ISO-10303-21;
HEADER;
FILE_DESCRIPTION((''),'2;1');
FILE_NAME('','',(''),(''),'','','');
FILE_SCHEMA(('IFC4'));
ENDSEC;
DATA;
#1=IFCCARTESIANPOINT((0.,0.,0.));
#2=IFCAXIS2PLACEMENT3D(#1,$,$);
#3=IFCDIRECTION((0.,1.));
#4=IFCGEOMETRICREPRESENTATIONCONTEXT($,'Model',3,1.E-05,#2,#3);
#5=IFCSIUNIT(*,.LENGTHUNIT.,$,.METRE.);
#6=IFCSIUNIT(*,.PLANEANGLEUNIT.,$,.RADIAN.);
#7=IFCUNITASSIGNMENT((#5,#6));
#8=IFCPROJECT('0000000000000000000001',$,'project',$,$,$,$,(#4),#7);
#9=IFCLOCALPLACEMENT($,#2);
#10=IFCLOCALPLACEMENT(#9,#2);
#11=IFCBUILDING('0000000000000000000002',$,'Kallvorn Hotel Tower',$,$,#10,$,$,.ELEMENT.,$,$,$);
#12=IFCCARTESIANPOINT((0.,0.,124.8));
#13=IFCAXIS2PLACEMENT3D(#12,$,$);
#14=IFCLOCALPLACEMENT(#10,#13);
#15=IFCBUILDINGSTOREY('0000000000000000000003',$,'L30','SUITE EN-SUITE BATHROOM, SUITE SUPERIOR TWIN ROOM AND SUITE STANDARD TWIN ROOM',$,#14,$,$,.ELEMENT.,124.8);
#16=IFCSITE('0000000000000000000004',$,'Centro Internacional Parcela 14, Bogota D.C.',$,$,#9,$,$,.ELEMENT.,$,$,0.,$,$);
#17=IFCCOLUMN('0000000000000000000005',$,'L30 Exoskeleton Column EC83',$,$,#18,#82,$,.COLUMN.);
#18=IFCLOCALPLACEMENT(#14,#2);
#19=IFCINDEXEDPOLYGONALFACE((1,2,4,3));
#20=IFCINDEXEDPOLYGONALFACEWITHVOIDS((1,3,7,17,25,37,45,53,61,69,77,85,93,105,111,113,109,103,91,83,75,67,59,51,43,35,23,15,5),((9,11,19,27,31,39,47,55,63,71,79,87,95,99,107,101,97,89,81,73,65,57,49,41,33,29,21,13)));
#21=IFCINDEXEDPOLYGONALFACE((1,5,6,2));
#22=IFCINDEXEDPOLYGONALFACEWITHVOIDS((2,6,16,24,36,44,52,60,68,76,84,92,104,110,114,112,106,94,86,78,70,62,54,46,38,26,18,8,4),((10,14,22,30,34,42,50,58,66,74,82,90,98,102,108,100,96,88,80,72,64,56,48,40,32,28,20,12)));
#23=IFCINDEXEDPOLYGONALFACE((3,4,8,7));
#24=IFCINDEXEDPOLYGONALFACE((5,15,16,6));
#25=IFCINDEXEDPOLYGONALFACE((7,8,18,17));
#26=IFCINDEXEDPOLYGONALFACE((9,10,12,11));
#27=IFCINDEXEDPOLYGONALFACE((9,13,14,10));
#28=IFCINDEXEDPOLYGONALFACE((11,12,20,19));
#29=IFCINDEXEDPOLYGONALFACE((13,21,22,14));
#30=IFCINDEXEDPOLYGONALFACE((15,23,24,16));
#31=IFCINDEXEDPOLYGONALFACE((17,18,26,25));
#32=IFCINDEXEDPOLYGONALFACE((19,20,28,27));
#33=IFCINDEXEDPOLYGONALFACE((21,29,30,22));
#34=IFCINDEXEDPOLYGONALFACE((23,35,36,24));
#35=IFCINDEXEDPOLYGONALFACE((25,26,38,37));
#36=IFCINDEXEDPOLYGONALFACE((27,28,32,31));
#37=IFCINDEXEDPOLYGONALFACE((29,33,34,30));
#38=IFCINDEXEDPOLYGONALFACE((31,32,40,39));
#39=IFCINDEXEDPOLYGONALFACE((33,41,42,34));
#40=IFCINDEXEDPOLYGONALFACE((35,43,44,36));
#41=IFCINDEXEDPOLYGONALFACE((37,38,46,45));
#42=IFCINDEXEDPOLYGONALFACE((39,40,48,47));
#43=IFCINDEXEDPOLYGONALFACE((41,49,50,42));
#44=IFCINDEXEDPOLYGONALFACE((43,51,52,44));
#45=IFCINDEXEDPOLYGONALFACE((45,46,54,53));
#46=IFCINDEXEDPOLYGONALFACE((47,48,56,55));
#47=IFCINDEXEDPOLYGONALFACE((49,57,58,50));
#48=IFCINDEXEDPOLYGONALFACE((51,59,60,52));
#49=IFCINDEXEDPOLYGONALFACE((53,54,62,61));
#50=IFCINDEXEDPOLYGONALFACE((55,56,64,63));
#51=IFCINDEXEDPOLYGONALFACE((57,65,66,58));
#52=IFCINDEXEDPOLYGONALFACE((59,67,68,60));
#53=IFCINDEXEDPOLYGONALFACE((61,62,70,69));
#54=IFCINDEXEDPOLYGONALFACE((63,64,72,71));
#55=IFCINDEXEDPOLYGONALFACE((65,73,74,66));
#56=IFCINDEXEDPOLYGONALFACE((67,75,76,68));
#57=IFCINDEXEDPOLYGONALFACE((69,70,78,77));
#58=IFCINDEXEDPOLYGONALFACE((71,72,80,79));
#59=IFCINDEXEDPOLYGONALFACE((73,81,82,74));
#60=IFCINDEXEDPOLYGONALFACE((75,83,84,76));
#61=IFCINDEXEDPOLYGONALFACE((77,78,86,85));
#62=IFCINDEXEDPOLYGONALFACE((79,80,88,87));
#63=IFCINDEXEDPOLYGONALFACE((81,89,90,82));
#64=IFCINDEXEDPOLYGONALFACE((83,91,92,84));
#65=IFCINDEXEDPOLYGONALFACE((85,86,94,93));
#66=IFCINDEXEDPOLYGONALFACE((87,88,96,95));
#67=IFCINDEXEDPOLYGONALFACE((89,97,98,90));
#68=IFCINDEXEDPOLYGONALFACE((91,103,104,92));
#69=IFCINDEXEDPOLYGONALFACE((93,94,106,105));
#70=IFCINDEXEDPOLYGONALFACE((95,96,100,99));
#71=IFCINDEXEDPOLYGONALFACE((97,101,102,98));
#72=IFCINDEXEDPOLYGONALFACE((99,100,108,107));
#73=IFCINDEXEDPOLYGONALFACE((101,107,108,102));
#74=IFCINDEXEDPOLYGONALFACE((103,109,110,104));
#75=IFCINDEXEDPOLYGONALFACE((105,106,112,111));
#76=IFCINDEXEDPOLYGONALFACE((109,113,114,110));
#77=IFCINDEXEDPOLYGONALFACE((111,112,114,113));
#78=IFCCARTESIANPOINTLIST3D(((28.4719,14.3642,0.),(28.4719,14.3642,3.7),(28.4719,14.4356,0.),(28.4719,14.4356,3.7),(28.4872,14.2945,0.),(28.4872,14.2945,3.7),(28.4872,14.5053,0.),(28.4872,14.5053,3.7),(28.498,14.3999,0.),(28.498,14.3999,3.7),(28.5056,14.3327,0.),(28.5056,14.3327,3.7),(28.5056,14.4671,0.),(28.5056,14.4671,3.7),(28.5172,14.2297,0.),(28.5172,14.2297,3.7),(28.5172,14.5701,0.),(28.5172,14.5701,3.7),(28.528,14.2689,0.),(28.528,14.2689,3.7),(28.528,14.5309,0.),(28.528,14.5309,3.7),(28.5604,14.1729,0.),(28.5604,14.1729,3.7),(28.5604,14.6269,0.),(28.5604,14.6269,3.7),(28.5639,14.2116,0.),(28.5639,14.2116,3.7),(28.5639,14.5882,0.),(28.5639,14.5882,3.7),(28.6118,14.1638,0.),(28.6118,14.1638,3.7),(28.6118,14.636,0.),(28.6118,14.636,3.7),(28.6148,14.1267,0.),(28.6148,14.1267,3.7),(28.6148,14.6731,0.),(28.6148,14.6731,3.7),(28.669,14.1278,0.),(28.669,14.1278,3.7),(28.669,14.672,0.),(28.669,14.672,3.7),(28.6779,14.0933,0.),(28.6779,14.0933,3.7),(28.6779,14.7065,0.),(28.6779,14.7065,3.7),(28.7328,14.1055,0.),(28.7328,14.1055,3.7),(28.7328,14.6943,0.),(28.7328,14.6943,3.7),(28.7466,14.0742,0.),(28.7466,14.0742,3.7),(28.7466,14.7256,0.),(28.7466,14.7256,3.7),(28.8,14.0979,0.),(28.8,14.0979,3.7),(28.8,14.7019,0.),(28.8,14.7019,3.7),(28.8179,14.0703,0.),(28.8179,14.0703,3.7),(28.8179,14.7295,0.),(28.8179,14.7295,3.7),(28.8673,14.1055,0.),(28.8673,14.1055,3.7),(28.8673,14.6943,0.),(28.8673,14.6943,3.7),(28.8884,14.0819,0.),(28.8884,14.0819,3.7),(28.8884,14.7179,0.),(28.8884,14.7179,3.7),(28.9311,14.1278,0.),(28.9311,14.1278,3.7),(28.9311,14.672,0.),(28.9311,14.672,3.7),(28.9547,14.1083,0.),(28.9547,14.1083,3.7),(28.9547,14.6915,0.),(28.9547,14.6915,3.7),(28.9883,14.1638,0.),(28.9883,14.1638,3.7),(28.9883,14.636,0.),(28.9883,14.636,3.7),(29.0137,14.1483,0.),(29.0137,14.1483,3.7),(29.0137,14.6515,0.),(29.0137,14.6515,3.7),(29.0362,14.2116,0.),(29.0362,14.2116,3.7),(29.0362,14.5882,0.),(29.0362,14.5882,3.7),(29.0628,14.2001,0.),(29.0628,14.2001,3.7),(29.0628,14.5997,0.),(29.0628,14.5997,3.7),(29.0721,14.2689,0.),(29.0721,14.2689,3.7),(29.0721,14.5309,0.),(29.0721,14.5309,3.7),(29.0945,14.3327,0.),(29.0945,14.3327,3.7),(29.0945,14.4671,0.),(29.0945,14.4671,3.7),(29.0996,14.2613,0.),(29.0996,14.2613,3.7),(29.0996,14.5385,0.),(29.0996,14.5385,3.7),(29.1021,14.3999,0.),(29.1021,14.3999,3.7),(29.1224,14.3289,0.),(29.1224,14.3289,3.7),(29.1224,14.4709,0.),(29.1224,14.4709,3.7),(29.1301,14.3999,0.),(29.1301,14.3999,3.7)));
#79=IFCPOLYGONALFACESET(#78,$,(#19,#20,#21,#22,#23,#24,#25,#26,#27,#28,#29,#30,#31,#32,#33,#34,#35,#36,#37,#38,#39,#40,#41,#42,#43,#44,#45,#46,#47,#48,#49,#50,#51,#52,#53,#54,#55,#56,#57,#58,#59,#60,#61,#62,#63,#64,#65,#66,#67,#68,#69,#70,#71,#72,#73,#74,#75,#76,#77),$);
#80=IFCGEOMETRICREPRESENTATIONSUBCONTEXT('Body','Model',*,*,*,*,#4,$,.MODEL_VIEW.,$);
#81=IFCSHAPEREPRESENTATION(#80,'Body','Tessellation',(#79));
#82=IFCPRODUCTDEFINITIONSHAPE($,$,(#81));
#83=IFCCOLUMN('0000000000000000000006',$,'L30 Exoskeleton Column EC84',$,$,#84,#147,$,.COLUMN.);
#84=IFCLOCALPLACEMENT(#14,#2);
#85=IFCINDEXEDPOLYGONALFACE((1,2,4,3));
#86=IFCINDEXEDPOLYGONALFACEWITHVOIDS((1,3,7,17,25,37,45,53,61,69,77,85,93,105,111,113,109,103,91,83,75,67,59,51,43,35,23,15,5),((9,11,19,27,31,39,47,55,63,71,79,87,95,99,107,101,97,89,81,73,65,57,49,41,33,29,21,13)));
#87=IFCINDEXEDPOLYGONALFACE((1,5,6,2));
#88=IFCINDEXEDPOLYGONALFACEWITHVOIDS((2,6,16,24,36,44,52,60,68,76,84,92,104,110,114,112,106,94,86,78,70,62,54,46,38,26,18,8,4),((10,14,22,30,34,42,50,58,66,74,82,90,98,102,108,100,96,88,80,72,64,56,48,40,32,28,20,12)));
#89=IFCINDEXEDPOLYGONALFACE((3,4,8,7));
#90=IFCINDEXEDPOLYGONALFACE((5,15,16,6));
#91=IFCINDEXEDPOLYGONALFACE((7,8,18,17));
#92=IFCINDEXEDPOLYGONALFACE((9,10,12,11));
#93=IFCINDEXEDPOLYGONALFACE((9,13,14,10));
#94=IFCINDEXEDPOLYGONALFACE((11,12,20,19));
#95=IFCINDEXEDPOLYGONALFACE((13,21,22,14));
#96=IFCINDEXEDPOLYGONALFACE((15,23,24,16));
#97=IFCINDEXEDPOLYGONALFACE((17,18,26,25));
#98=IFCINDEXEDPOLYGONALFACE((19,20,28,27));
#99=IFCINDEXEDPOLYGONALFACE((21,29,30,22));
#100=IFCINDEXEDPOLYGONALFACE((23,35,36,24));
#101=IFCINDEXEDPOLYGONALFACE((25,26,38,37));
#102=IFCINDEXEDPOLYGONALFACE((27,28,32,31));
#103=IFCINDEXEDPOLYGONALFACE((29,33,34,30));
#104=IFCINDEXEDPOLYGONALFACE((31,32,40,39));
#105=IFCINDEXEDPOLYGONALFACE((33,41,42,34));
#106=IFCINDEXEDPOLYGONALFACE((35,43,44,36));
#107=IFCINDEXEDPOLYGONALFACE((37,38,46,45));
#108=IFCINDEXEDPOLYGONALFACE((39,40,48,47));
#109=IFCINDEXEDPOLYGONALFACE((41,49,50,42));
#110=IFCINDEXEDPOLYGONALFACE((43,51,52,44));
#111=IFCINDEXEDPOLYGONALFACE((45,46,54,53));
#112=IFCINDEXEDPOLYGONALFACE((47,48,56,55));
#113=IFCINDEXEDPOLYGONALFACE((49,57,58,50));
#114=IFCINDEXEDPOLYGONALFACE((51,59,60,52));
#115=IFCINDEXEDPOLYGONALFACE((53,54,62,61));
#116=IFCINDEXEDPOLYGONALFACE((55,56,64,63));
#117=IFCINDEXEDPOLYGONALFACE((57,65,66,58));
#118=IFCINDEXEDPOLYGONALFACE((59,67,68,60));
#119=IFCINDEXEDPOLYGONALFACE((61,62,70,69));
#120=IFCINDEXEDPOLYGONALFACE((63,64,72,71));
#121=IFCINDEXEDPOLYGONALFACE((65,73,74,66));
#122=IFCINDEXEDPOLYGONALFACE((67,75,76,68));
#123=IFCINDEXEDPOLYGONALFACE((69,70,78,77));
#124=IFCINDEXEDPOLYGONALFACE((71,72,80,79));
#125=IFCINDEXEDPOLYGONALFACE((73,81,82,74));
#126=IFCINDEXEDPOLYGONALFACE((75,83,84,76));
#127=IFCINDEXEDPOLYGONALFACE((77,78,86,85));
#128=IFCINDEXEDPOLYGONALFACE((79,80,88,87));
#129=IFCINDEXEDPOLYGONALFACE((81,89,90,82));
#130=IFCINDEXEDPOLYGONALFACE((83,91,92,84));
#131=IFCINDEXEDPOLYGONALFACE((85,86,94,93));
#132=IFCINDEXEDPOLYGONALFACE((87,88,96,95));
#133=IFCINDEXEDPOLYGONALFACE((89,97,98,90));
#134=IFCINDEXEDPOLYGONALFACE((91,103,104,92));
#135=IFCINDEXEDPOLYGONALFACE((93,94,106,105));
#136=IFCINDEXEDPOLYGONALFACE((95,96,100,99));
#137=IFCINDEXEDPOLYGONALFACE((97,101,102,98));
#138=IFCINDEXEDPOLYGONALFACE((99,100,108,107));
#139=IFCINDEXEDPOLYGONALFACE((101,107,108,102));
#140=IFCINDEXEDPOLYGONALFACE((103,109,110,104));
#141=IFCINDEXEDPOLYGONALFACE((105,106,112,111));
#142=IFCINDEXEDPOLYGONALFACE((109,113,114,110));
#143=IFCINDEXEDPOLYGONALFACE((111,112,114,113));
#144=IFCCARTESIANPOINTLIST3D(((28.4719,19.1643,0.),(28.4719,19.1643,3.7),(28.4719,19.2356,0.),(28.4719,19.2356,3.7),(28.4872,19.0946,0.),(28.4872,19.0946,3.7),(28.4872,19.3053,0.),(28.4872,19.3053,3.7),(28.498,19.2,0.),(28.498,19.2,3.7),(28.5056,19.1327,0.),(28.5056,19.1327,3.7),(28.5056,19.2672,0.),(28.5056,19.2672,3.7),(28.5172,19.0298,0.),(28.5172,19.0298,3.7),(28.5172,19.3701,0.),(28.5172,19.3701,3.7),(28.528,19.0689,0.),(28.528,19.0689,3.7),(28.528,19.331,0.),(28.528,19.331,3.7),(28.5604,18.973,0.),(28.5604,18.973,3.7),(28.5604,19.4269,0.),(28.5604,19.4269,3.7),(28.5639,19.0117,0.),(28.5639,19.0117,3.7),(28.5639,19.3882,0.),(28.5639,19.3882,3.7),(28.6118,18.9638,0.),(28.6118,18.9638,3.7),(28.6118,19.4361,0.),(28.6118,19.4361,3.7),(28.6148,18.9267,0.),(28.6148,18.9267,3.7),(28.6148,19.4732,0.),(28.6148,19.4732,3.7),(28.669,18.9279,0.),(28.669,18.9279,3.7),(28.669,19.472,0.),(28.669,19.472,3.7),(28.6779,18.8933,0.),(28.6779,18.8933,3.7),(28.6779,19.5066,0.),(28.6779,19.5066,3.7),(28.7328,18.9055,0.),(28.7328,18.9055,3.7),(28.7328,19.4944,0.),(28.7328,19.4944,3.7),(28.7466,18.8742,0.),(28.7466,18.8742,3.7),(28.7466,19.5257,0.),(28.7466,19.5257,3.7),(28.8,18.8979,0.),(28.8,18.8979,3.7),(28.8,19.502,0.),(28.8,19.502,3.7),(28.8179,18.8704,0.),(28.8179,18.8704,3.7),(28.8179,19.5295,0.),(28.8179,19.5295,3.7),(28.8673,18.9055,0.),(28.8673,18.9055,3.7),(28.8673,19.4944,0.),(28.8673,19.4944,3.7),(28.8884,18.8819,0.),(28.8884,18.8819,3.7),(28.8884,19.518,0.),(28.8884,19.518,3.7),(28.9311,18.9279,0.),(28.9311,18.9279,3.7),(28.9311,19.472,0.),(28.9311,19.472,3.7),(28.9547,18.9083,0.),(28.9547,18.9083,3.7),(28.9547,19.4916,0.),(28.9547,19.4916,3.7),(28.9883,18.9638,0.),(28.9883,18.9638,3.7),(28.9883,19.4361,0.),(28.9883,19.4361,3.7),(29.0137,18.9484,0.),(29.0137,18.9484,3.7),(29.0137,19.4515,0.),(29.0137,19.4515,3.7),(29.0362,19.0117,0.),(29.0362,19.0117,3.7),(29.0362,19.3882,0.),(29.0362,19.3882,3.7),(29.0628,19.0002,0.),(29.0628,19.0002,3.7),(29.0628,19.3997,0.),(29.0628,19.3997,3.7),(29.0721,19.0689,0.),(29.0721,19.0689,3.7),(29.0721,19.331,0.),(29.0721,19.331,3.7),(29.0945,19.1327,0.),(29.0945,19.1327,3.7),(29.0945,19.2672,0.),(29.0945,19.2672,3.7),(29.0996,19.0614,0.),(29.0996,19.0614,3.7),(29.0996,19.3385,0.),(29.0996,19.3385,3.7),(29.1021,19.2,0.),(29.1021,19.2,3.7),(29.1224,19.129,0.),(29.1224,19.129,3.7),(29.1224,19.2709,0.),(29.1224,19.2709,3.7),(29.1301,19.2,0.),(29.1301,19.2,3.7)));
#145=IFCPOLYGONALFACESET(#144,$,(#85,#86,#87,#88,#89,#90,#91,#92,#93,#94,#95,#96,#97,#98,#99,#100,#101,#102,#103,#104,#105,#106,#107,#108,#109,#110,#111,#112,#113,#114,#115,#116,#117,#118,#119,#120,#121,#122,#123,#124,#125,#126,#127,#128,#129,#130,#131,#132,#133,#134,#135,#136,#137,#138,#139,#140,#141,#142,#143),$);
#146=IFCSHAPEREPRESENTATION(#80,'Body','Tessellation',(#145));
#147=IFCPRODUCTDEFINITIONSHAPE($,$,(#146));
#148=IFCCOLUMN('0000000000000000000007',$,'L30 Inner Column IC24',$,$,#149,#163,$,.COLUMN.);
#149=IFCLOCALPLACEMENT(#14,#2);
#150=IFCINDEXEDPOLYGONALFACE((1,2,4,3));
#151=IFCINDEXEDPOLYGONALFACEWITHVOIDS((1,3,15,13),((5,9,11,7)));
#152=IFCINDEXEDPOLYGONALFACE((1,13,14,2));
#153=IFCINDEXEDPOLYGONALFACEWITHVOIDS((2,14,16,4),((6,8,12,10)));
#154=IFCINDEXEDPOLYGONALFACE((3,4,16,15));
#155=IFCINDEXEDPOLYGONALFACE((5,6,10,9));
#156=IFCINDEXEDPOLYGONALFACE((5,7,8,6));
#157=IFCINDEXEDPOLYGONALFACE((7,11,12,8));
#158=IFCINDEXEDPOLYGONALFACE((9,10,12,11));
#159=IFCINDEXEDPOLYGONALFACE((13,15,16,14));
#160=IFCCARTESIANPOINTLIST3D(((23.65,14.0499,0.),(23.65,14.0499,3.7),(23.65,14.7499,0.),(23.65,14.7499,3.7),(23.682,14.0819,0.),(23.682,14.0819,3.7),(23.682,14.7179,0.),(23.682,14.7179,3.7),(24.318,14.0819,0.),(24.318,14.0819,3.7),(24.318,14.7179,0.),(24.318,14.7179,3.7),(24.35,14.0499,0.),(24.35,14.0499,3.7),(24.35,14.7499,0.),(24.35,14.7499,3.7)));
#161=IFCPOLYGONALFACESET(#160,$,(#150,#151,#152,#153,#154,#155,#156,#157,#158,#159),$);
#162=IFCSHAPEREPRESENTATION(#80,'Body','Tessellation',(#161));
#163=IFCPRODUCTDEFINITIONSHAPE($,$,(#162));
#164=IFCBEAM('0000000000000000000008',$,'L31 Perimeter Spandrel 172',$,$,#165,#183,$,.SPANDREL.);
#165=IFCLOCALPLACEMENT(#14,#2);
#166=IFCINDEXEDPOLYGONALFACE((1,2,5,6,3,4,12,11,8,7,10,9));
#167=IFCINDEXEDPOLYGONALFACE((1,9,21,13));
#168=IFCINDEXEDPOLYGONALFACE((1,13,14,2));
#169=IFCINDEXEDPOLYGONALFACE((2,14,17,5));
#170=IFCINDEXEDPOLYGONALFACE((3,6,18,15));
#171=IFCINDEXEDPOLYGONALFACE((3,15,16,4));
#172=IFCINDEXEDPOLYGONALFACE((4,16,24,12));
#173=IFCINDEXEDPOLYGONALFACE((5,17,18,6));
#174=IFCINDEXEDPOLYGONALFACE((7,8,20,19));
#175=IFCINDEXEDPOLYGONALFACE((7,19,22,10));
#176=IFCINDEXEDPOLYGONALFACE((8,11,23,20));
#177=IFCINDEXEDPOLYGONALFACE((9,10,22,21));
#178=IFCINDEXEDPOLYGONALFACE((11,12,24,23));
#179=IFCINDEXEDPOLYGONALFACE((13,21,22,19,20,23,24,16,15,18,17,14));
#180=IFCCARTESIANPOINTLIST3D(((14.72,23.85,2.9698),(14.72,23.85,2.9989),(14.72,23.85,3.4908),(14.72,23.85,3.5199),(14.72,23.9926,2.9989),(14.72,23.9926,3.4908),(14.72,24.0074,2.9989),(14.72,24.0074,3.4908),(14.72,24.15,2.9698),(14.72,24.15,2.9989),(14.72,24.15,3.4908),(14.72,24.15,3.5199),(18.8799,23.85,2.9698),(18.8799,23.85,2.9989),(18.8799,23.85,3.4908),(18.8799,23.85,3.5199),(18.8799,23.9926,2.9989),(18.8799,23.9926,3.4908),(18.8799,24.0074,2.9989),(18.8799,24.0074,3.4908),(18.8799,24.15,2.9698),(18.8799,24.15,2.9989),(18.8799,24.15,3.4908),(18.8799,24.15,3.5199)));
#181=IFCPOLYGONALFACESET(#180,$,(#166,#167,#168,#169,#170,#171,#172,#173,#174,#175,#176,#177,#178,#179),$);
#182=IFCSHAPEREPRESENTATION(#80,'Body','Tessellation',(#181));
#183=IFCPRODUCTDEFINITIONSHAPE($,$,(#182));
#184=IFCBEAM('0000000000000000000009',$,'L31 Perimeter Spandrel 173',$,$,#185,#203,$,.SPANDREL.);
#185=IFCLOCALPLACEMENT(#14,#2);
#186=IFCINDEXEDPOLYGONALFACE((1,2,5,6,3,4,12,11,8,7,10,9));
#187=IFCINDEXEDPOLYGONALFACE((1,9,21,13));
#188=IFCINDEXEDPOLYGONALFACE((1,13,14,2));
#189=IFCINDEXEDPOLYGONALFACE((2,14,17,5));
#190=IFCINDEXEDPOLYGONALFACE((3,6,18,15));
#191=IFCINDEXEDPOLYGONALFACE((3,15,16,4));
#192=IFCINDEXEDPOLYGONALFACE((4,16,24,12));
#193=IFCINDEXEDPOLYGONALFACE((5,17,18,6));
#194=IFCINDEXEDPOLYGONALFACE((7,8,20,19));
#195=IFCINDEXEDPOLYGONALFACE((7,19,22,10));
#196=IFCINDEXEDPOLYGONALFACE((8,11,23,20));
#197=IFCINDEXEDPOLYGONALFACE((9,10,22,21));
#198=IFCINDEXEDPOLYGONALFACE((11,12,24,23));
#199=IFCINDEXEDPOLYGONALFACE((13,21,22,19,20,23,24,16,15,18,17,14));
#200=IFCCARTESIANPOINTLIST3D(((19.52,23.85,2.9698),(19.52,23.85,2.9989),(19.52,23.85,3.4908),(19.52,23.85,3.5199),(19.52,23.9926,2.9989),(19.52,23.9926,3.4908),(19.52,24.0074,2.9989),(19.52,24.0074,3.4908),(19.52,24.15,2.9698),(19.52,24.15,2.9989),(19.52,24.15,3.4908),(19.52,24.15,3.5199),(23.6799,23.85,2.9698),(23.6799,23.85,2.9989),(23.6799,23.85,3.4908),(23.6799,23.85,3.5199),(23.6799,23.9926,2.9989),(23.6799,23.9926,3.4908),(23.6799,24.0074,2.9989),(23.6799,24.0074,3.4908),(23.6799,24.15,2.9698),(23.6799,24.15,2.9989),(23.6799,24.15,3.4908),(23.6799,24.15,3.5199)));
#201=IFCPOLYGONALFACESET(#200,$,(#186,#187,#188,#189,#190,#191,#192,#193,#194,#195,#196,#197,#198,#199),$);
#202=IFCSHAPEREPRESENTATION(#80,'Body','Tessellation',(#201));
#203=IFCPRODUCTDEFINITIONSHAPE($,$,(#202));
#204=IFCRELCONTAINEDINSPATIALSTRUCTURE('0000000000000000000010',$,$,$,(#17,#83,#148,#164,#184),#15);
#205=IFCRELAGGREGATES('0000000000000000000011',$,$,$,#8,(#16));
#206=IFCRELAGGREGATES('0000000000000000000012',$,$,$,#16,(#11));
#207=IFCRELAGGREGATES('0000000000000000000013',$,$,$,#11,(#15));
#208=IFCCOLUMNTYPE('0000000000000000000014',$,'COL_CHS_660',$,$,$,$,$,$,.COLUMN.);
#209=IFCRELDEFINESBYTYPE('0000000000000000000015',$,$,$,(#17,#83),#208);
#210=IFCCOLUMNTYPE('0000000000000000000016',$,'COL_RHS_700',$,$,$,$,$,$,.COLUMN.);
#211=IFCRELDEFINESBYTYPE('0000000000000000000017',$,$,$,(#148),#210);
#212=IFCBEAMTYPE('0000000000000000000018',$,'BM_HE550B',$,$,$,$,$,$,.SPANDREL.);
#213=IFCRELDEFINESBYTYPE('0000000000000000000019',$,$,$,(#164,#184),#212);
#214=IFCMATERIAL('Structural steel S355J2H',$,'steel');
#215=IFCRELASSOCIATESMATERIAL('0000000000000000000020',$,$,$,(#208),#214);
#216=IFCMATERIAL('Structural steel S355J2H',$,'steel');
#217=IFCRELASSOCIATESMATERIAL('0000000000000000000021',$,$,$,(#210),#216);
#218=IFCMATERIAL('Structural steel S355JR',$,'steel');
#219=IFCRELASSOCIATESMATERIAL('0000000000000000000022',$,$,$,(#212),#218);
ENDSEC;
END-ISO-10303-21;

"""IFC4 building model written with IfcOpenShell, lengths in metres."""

from ifc_helpers import new_model, si_unit, direction, frame, origin, origin_2d, place, context, subcontext, project, spatial, hollow_rectangle, hollow_circle, i_section, extrude, material, material_profile, profile_set, type_object, element, save


model = new_model("IFC4")

# Units and contexts
model_context = context("Model", 3, precision=1e-05, world=origin(), true_north=direction((0.0, 1.0)))
body_context = subcontext(model_context, "Body", "Model", "MODEL_VIEW")
ifc_project = project(units=[si_unit("LENGTHUNIT", "METRE"), si_unit("PLANEANGLEUNIT", "RADIAN")], contexts=[model_context])

# Site, building, storey
site_placement = place(None, origin())
site = spatial("IfcSite", under=ifc_project, at=site_placement, Name="Centro Internacional Parcela 14, Bogota D.C.", CompositionType="ELEMENT", RefElevation=0.0)
building_placement = place(site_placement, origin())
building = spatial("IfcBuilding", under=site, at=building_placement, Name="Kallvorn Hotel Tower", CompositionType="ELEMENT")
storey_placement = place(building_placement, frame((0.0, 0.0, 124.8)))
storey = spatial("IfcBuildingStorey", under=building, at=storey_placement, Name="L30", Description="SUITE EN-SUITE BATHROOM, SUITE SUPERIOR TWIN ROOM AND SUITE STANDARD TWIN ROOM", CompositionType="ELEMENT", Elevation=124.8)

# Columns
ifc_material_1 = material(Name="Structural steel S355J2H", Category="steel")
ifc_material_profile_1 = material_profile(ifc_material_1, hollow_circle(Radius=0.3301, WallThickness=0.0281, at=origin_2d()), Name="CHS 660x28")
ifc_profile_set_1 = profile_set([ifc_material_profile_1], Name="Structural steel S355J2H")
column_type_1 = type_object("IfcColumnType", Name="COL_CHS_660", PredefinedType="COLUMN", material=ifc_profile_set_1)
for number, where, z_axis, x_axis, name in (
    (1, (28.8, 14.3999, 0.0), (0.0, 0.0, 1.0), (1.0, 0.0, 0.0), "L30 Exoskeleton Column EC83"),
    (2, (28.8, 19.2, 0.0), (0.0, 0.0, 1.0), (1.0, 0.0, 0.0), "L30 Exoskeleton Column EC84"),
):
    element("IfcColumn", number, at=place(storey_placement, frame(where, z_axis=z_axis, x_axis=x_axis)), inside=storey, type_object=column_type_1, Name=name, PredefinedType="COLUMN", context=body_context, shape_type="SweptSolid", body=[
        extrude(hollow_circle(Radius=0.3301, WallThickness=0.0281, at=origin_2d()), origin(), (0.0, 0.0, 1.0), 3.7),
    ])
ifc_material_2 = material(Name="Structural steel S355J2H", Category="steel")
ifc_material_profile_2 = material_profile(ifc_material_2, hollow_rectangle(XDim=0.7, YDim=0.7, WallThickness=0.032, at=origin_2d()), Name="RHS 700x700x32")
ifc_profile_set_2 = profile_set([ifc_material_profile_2], Name="Structural steel S355J2H")
column_type_2 = type_object("IfcColumnType", Name="COL_RHS_700", PredefinedType="COLUMN", material=ifc_profile_set_2)
column_placement = place(storey_placement, frame((24.0, 14.3999, 0.0), z_axis=(0.0, 0.0, 1.0), x_axis=(1.0, 0.0, 0.0)))
element("IfcColumn", 3, at=column_placement, inside=storey, type_object=column_type_2, Name="L30 Inner Column IC24", PredefinedType="COLUMN", context=body_context, shape_type="SweptSolid", body=[
    extrude(hollow_rectangle(XDim=0.7, YDim=0.7, WallThickness=0.032, at=origin_2d()), origin(), (0.0, 0.0, 1.0), 3.7),
])

# Beams
ifc_material_3 = material(Name="Structural steel S355JR", Category="steel")
ifc_material_profile_3 = material_profile(ifc_material_3, i_section(OverallWidth=0.3, OverallDepth=0.55, WebThickness=0.0149, FlangeThickness=0.0291, at=origin_2d()), Name="HE 550 B")
ifc_profile_set_3 = profile_set([ifc_material_profile_3], Name="Structural steel S355JR")
beam_type_1 = type_object("IfcBeamType", Name="BM_HE550B", PredefinedType="SPANDREL", material=ifc_profile_set_3)
for number, where, z_axis, x_axis, name in (
    (4, (14.72, 24.0, 3.2449), (1.0, 0.0, 0.0), (0.0, 1.0, 0.0), "L31 Perimeter Spandrel 172"),
    (5, (19.52, 24.0, 3.2449), (1.0, 0.0, 0.0), (0.0, 1.0, 0.0), "L31 Perimeter Spandrel 173"),
):
    element("IfcBeam", number, at=place(storey_placement, frame(where, z_axis=z_axis, x_axis=x_axis)), inside=storey, type_object=beam_type_1, Name=name, PredefinedType="SPANDREL", context=body_context, shape_type="SweptSolid", body=[
        extrude(i_section(OverallWidth=0.3, OverallDepth=0.55, WebThickness=0.0149, FlangeThickness=0.0291, at=origin_2d()), origin(), (0.0, 0.0, 1.0), 4.1599),
    ])

save(model, "model.ifc")
